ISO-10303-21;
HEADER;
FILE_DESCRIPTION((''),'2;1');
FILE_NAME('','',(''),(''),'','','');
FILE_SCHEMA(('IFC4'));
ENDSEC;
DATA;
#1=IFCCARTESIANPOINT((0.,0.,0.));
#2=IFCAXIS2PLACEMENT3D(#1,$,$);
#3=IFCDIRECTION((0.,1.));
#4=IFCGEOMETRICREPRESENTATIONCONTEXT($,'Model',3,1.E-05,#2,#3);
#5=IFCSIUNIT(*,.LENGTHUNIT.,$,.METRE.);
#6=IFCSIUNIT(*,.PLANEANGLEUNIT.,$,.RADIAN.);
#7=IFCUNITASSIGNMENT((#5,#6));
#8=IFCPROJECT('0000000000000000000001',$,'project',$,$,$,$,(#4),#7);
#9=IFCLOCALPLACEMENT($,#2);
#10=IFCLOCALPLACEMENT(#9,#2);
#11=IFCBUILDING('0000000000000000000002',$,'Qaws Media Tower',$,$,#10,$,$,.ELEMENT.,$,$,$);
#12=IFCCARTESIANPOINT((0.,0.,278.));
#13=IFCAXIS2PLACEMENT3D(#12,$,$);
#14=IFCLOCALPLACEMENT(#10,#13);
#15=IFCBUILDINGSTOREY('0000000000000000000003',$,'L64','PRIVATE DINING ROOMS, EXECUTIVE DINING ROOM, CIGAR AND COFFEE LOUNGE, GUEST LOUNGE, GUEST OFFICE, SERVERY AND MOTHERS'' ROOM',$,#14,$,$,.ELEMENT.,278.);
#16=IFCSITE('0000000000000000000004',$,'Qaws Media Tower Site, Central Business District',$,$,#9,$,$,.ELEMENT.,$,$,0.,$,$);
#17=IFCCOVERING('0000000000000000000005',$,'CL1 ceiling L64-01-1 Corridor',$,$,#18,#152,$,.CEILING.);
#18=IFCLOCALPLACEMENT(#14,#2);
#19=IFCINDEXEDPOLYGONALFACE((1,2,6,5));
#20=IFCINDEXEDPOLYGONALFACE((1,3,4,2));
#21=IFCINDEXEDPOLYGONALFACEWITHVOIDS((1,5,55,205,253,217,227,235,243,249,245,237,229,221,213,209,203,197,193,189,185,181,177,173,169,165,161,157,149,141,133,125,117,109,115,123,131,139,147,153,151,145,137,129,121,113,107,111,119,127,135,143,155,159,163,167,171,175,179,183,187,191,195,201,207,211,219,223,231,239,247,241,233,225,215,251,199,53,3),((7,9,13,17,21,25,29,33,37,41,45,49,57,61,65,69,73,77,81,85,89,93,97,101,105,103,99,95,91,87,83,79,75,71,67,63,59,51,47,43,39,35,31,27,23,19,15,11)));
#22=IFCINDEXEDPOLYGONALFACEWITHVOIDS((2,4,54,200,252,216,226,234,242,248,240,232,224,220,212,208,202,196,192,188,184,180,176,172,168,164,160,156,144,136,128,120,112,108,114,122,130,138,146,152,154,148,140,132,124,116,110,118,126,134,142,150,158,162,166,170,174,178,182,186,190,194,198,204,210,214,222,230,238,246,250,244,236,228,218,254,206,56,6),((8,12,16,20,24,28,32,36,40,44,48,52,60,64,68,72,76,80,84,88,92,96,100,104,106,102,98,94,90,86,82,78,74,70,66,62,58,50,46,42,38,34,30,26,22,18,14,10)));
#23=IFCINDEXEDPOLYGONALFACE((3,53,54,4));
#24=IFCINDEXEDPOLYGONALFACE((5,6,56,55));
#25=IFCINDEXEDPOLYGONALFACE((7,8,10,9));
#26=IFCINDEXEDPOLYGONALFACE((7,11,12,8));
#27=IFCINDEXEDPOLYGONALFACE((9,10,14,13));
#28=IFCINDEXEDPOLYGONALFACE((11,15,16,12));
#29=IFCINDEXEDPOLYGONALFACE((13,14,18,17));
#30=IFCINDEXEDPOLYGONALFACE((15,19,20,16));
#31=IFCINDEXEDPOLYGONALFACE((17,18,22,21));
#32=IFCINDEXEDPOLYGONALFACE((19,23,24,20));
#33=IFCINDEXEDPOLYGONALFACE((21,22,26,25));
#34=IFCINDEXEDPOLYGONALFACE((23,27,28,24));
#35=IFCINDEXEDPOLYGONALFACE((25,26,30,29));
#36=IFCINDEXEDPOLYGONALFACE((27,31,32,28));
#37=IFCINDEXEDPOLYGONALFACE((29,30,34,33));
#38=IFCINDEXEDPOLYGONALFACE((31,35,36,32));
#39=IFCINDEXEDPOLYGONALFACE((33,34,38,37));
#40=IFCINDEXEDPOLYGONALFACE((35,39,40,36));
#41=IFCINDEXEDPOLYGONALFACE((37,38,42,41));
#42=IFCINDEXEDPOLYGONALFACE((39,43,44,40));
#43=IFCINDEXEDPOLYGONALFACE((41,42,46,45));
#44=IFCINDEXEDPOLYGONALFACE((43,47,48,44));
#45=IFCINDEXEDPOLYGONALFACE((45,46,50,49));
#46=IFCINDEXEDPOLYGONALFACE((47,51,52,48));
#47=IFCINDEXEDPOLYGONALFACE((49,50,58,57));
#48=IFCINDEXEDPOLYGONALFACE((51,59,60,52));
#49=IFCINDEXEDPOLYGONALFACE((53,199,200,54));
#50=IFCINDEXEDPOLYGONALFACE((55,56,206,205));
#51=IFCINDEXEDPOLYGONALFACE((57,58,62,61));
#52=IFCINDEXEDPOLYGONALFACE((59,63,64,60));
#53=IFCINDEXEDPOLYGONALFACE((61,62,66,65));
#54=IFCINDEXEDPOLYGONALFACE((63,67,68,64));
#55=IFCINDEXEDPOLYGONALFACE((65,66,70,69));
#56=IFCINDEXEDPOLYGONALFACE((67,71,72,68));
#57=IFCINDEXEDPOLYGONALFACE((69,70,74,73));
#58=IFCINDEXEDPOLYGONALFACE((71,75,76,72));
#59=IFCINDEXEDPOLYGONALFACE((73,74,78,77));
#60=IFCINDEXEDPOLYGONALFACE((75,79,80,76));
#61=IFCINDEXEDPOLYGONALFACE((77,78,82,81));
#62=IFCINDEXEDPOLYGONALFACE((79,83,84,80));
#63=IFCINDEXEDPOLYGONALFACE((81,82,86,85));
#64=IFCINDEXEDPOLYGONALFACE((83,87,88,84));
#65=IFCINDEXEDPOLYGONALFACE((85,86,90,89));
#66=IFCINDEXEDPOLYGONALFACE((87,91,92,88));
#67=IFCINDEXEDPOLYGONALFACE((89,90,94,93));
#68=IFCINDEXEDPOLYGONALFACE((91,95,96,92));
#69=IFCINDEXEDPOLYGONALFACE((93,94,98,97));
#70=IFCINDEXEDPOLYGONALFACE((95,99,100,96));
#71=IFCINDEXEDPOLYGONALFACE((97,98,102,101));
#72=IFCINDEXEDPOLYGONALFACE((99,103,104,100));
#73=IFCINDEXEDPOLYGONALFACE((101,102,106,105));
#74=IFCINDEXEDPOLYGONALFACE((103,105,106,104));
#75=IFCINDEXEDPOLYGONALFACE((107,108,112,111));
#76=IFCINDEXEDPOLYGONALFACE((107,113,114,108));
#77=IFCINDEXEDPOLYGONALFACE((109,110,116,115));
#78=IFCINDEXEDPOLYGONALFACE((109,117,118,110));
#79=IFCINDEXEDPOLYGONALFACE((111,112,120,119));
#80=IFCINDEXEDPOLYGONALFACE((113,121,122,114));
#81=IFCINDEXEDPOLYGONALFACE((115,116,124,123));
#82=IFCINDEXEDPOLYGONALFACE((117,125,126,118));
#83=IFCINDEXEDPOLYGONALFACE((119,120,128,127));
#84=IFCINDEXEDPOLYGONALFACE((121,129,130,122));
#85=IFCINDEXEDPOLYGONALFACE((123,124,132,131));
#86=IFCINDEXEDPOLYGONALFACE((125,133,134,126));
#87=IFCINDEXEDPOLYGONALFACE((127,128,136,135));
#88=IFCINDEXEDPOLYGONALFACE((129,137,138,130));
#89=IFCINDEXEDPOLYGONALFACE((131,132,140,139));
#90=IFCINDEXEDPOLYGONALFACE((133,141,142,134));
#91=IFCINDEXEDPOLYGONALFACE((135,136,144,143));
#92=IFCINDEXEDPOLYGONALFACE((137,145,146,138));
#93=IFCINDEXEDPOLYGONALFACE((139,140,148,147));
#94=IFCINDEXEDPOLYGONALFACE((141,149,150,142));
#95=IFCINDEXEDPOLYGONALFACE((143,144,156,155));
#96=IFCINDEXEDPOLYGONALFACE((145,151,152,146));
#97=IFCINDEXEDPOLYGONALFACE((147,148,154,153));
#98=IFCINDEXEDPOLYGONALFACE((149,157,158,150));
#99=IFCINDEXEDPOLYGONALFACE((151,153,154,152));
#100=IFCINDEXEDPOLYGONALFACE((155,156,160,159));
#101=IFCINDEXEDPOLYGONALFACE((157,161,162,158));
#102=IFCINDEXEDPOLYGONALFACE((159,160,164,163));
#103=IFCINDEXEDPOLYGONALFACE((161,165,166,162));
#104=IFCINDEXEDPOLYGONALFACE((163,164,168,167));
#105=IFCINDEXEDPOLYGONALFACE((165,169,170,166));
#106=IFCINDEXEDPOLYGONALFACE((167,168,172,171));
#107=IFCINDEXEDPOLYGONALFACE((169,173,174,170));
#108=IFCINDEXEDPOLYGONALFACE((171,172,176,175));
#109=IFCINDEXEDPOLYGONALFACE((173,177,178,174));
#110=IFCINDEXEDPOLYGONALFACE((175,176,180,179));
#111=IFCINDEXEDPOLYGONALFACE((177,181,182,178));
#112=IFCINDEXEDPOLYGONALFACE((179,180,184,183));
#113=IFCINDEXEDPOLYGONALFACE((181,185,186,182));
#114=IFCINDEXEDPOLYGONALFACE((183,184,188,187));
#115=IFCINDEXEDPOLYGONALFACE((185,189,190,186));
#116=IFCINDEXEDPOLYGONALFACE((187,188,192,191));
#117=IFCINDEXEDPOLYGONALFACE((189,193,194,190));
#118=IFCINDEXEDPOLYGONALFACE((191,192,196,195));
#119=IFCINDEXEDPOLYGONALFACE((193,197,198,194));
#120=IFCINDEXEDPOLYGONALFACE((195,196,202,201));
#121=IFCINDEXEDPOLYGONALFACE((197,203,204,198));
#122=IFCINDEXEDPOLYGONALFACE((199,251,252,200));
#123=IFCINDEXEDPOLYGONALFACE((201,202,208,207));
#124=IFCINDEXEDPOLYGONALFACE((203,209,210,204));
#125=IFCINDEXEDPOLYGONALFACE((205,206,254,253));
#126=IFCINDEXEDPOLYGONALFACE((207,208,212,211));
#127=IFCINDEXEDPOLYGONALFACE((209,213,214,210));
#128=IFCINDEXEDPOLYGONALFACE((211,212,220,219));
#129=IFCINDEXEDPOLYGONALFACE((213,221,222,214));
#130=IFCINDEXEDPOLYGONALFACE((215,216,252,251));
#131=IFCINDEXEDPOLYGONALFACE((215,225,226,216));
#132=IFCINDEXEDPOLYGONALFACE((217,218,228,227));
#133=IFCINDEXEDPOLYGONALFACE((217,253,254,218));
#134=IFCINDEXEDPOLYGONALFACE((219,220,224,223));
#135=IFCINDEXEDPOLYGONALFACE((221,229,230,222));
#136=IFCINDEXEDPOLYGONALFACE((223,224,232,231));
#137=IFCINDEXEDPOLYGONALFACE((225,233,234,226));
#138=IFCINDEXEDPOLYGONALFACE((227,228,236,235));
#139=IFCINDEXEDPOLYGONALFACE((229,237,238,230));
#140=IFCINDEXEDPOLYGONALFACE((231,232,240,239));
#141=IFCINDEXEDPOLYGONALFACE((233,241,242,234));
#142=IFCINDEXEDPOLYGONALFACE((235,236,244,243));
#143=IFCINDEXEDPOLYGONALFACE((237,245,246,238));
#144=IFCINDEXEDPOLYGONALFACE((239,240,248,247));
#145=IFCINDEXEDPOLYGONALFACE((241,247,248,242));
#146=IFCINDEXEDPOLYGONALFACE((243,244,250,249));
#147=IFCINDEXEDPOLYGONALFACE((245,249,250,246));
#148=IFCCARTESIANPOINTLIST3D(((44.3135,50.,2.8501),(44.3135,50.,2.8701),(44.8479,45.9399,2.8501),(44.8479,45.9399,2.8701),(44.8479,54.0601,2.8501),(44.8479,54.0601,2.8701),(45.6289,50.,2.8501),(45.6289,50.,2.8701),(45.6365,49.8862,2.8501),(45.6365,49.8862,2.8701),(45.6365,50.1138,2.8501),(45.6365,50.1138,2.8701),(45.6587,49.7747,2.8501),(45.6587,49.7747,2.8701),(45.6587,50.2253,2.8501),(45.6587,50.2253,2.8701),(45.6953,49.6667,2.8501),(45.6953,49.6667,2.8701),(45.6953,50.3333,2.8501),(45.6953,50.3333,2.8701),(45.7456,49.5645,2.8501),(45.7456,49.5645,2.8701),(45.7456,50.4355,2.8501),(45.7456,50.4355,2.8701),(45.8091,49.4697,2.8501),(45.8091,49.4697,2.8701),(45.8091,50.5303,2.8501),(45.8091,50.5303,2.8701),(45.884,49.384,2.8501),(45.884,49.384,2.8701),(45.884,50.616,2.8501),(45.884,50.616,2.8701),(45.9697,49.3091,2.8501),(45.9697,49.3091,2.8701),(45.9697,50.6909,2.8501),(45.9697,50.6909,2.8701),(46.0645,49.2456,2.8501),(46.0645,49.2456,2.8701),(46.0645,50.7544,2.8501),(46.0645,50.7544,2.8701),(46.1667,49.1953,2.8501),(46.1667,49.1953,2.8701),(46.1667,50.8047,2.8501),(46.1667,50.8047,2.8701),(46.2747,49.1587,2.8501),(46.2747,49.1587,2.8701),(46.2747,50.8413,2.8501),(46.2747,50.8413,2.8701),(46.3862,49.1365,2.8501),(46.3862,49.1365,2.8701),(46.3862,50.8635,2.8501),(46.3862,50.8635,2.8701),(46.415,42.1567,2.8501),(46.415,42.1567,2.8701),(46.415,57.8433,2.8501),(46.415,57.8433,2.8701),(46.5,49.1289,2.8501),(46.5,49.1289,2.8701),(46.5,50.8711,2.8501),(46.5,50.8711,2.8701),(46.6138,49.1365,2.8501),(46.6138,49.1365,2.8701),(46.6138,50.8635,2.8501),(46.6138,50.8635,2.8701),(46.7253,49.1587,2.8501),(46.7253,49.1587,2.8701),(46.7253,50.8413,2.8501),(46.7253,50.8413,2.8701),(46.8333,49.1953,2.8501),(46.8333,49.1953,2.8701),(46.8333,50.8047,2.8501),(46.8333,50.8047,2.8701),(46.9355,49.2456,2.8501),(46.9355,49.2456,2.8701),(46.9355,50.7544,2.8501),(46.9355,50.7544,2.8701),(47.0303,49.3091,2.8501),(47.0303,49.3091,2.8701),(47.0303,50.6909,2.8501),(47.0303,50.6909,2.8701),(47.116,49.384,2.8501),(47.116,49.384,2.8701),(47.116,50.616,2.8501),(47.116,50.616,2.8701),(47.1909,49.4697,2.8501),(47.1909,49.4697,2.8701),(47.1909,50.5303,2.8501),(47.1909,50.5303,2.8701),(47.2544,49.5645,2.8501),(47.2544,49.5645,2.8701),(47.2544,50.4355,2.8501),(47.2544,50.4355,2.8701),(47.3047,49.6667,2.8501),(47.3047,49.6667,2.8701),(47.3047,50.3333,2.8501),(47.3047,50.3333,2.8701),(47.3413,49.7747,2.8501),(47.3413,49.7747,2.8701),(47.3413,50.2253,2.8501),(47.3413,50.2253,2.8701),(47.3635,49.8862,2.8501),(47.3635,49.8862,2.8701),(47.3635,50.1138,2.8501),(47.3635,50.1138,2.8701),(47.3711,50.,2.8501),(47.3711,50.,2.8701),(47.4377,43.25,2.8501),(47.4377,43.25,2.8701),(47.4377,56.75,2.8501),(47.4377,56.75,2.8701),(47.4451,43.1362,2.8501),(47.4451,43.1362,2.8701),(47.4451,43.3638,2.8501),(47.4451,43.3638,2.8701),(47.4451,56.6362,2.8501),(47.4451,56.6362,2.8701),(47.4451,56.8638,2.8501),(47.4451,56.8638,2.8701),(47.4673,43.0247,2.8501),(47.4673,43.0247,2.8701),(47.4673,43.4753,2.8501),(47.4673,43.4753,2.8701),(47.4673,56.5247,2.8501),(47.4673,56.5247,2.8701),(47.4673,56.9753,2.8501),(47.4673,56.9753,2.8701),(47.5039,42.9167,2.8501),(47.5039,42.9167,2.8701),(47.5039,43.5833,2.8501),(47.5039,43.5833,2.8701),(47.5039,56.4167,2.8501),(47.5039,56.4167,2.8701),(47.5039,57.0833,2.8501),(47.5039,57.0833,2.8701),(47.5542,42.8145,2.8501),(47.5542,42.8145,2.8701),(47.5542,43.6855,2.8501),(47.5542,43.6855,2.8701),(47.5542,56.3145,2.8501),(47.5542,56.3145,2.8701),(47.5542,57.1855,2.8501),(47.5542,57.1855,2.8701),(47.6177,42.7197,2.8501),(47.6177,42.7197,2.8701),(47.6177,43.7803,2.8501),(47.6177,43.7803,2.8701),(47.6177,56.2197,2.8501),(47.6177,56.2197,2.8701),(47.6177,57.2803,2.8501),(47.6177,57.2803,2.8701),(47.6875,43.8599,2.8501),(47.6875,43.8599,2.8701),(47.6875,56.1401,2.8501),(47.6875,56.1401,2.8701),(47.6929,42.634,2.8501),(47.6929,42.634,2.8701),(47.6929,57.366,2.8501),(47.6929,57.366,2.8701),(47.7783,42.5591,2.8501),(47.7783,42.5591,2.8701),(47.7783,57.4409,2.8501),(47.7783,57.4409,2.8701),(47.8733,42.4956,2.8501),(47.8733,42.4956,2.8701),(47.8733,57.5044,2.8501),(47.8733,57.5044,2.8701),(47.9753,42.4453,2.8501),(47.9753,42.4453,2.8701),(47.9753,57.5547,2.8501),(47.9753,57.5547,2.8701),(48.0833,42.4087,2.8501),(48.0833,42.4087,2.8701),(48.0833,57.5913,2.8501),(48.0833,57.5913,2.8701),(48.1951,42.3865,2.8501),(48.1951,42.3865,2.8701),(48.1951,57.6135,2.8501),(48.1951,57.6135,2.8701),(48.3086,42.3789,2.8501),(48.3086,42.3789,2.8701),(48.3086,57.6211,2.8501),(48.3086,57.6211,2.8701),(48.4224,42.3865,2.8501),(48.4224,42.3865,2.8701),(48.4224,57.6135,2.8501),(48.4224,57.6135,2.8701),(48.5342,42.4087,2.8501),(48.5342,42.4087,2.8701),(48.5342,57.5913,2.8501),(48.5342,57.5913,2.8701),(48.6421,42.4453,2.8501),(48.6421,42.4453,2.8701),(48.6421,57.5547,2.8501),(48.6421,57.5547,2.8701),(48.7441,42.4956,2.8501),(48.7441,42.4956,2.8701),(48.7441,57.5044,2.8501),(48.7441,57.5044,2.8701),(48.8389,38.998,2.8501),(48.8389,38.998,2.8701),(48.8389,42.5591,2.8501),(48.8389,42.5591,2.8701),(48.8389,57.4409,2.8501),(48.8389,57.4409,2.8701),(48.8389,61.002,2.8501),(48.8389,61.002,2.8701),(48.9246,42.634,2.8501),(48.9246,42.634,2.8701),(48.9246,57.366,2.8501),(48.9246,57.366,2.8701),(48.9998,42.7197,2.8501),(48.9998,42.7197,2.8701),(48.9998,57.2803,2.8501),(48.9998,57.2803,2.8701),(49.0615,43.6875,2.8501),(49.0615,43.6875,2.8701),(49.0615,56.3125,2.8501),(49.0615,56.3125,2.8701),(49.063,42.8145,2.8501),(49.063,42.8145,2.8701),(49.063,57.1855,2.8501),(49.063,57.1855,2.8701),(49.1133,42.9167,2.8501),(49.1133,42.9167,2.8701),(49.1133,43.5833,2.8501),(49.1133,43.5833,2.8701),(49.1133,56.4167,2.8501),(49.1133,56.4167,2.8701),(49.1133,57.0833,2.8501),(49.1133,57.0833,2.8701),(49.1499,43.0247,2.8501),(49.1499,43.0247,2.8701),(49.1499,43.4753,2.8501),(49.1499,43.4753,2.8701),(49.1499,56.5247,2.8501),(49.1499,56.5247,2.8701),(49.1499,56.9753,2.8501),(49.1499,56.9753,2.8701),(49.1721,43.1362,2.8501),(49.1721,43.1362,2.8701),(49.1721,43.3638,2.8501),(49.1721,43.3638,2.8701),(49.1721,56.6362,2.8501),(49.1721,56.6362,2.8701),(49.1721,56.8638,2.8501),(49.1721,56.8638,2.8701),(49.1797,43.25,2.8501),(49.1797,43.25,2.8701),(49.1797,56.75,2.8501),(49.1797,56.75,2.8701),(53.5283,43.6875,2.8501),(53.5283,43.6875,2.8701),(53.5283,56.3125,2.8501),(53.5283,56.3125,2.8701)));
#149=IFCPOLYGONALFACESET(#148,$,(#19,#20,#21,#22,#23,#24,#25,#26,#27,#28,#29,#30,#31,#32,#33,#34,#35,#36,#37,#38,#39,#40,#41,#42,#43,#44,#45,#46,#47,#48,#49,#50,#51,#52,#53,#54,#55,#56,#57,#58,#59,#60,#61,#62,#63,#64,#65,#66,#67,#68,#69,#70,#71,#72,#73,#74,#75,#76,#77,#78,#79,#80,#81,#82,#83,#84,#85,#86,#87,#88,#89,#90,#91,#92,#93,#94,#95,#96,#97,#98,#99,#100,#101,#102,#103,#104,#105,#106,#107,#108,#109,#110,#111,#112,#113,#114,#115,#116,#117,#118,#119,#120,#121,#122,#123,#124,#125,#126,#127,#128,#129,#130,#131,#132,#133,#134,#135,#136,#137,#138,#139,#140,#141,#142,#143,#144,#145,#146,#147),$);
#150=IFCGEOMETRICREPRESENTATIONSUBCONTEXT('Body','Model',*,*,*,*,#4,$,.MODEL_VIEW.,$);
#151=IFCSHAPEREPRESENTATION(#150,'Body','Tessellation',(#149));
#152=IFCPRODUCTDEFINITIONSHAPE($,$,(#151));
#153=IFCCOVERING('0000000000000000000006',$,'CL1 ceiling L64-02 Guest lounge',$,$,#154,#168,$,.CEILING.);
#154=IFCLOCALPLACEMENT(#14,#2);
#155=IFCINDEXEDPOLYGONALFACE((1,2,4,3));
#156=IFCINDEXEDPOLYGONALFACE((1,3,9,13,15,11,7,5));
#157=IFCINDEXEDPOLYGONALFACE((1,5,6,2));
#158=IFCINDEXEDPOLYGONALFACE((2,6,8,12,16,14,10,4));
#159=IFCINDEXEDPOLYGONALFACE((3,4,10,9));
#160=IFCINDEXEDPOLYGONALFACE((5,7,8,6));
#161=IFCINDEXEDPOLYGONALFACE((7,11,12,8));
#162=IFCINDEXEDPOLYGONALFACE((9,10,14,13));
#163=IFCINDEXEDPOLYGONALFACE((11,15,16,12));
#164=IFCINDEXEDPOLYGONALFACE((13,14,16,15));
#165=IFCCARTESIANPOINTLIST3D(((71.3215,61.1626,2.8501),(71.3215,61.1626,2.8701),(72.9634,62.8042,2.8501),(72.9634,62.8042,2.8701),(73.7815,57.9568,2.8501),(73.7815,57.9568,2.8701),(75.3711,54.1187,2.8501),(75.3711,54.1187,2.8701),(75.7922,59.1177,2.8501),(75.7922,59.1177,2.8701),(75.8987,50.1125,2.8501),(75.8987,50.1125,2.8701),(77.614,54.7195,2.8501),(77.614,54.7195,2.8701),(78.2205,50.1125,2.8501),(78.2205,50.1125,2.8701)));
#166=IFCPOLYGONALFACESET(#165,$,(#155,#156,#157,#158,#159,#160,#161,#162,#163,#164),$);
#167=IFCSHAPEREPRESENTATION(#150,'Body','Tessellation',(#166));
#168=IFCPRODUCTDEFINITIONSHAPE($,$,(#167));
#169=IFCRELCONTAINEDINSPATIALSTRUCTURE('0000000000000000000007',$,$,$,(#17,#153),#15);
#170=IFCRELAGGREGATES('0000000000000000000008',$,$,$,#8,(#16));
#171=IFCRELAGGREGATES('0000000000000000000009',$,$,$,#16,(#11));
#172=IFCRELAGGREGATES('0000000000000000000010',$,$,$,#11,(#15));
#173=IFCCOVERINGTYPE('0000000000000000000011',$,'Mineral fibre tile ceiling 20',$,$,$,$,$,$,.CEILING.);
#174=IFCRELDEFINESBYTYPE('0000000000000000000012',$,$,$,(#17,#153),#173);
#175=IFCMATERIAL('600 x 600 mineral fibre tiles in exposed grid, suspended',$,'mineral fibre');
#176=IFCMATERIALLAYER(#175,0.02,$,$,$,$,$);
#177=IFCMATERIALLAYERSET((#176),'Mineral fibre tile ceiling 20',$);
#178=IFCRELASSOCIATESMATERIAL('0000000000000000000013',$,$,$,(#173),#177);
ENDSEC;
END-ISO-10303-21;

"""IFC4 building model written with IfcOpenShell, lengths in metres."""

from ifc_helpers import new_model, si_unit, direction, frame, origin, place, context, subcontext, project, spatial, polyline, outline, extrude, material, layer, layer_set, type_object, element, save


model = new_model("IFC4")

# Units and contexts
model_context = context("Model", 3, precision=1e-05, world=origin(), true_north=direction((0.0, 1.0)))
body_context = subcontext(model_context, "Body", "Model", "MODEL_VIEW")
ifc_project = project(units=[si_unit("LENGTHUNIT", "METRE"), si_unit("PLANEANGLEUNIT", "RADIAN")], contexts=[model_context])

# Site, building, storey
site_placement = place(None, origin())
site = spatial("IfcSite", under=ifc_project, at=site_placement, Name="Qaws Media Tower Site, Central Business District", CompositionType="ELEMENT", RefElevation=0.0)
building_placement = place(site_placement, origin())
building = spatial("IfcBuilding", under=site, at=building_placement, Name="Qaws Media Tower", CompositionType="ELEMENT")
storey_placement = place(building_placement, frame((0.0, 0.0, 278.0)))
storey = spatial("IfcBuildingStorey", under=building, at=storey_placement, Name="L64", Description="PRIVATE DINING ROOMS, EXECUTIVE DINING ROOM, CIGAR AND COFFEE LOUNGE, GUEST LOUNGE, GUEST OFFICE, SERVERY AND MOTHERS' ROOM", CompositionType="ELEMENT", Elevation=278.0)

# Coverings
ifc_material_1 = material(Name="600 x 600 mineral fibre tiles in exposed grid, suspended", Category="mineral fibre")
ifc_layer_1 = layer(ifc_material_1, 0.02)
ifc_layer_set_1 = layer_set([ifc_layer_1], Name="Mineral fibre tile ceiling 20")
covering_type_1 = type_object("IfcCoveringType", Name="Mineral fibre tile ceiling 20", PredefinedType="CEILING", material=ifc_layer_set_1)
covering_1_placement = place(storey_placement, frame((0.0, 0.0, 2.8501)))
element("IfcCovering", 1, at=covering_1_placement, inside=storey, type_object=covering_type_1, Name="CL1 ceiling L64-01-1 Corridor", PredefinedType="CEILING", context=body_context, shape_type="SweptSolid", body=[
    extrude(outline(polyline([(44.8479, 54.0601), (46.415, 57.8433), (48.8389, 61.002), (53.5283, 56.3125), (49.0615, 56.3125), (49.1133, 56.4167), (49.1499, 56.5247), (49.1721, 56.6362), (49.1797, 56.75), (49.1721, 56.8638), (49.1499, 56.9753), (49.1133, 57.0833), (49.063, 57.1855), (48.9998, 57.2803), (48.9246, 57.366), (48.8389, 57.4409), (48.7441, 57.5044), (48.6421, 57.5547), (48.5342, 57.5913), (48.4224, 57.6135), (48.3086, 57.6211), (48.1951, 57.6135), (48.0833, 57.5913), (47.9753, 57.5547), (47.8733, 57.5044), (47.7783, 57.4409), (47.6929, 57.366), (47.6177, 57.2803), (47.5542, 57.1855), (47.5039, 57.0833), (47.4673, 56.9753), (47.4451, 56.8638), (47.4377, 56.75), (47.4451, 56.6362), (47.4673, 56.5247), (47.5039, 56.4167), (47.5542, 56.3145), (47.6177, 56.2197), (47.6875, 56.1401), (47.6875, 43.8599), (47.6177, 43.7803), (47.5542, 43.6855), (47.5039, 43.5833), (47.4673, 43.4753), (47.4451, 43.3638), (47.4377, 43.25), (47.4451, 43.1362), (47.4673, 43.0247), (47.5039, 42.9167), (47.5542, 42.8145), (47.6177, 42.7197), (47.6929, 42.634), (47.7783, 42.5591), (47.8733, 42.4956), (47.9753, 42.4453), (48.0833, 42.4087), (48.1951, 42.3865), (48.3086, 42.3789), (48.4224, 42.3865), (48.5342, 42.4087), (48.6421, 42.4453), (48.7441, 42.4956), (48.8389, 42.5591), (48.9246, 42.634), (48.9998, 42.7197), (49.063, 42.8145), (49.1133, 42.9167), (49.1499, 43.0247), (49.1721, 43.1362), (49.1797, 43.25), (49.1721, 43.3638), (49.1499, 43.4753), (49.1133, 43.5833), (49.0615, 43.6875), (53.5283, 43.6875), (48.8389, 38.998), (46.415, 42.1567), (44.8479, 45.9399), (44.3135, 50.0), (44.8479, 54.0601)]), holes=[polyline([(47.3047, 49.6667), (47.3413, 49.7747), (47.3635, 49.8862), (47.3711, 50.0), (47.3635, 50.1138), (47.3413, 50.2253), (47.3047, 50.3333), (47.2544, 50.4355), (47.1909, 50.5303), (47.116, 50.616), (47.0303, 50.6909), (46.9355, 50.7544), (46.8333, 50.8047), (46.7253, 50.8413), (46.6138, 50.8635), (46.5, 50.8711), (46.3862, 50.8635), (46.2747, 50.8413), (46.1667, 50.8047), (46.0645, 50.7544), (45.9697, 50.6909), (45.884, 50.616), (45.8091, 50.5303), (45.7456, 50.4355), (45.6953, 50.3333), (45.6587, 50.2253), (45.6365, 50.1138), (45.6289, 50.0), (45.6365, 49.8862), (45.6587, 49.7747), (45.6953, 49.6667), (45.7456, 49.5645), (45.8091, 49.4697), (45.884, 49.384), (45.9697, 49.3091), (46.0645, 49.2456), (46.1667, 49.1953), (46.2747, 49.1587), (46.3862, 49.1365), (46.5, 49.1289), (46.6138, 49.1365), (46.7253, 49.1587), (46.8333, 49.1953), (46.9355, 49.2456), (47.0303, 49.3091), (47.116, 49.384), (47.1909, 49.4697), (47.2544, 49.5645), (47.3047, 49.6667)])]), origin(), (0.0, 0.0, 1.0), 0.02),
])
covering_2_placement = place(storey_placement, frame((0.0, 0.0, 2.8501)))
element("IfcCovering", 2, at=covering_2_placement, inside=storey, type_object=covering_type_1, Name="CL1 ceiling L64-02 Guest lounge", PredefinedType="CEILING", context=body_context, shape_type="SweptSolid", body=[
    extrude(outline(polyline([(75.7922, 59.1177), (77.614, 54.7195), (78.2205, 50.1125), (75.8987, 50.1125), (75.3711, 54.1187), (73.7815, 57.9568), (71.3215, 61.1626), (72.9634, 62.8042), (75.7922, 59.1177)])), origin(), (0.0, 0.0, 1.0), 0.02),
])

save(model, "model.ifc")
